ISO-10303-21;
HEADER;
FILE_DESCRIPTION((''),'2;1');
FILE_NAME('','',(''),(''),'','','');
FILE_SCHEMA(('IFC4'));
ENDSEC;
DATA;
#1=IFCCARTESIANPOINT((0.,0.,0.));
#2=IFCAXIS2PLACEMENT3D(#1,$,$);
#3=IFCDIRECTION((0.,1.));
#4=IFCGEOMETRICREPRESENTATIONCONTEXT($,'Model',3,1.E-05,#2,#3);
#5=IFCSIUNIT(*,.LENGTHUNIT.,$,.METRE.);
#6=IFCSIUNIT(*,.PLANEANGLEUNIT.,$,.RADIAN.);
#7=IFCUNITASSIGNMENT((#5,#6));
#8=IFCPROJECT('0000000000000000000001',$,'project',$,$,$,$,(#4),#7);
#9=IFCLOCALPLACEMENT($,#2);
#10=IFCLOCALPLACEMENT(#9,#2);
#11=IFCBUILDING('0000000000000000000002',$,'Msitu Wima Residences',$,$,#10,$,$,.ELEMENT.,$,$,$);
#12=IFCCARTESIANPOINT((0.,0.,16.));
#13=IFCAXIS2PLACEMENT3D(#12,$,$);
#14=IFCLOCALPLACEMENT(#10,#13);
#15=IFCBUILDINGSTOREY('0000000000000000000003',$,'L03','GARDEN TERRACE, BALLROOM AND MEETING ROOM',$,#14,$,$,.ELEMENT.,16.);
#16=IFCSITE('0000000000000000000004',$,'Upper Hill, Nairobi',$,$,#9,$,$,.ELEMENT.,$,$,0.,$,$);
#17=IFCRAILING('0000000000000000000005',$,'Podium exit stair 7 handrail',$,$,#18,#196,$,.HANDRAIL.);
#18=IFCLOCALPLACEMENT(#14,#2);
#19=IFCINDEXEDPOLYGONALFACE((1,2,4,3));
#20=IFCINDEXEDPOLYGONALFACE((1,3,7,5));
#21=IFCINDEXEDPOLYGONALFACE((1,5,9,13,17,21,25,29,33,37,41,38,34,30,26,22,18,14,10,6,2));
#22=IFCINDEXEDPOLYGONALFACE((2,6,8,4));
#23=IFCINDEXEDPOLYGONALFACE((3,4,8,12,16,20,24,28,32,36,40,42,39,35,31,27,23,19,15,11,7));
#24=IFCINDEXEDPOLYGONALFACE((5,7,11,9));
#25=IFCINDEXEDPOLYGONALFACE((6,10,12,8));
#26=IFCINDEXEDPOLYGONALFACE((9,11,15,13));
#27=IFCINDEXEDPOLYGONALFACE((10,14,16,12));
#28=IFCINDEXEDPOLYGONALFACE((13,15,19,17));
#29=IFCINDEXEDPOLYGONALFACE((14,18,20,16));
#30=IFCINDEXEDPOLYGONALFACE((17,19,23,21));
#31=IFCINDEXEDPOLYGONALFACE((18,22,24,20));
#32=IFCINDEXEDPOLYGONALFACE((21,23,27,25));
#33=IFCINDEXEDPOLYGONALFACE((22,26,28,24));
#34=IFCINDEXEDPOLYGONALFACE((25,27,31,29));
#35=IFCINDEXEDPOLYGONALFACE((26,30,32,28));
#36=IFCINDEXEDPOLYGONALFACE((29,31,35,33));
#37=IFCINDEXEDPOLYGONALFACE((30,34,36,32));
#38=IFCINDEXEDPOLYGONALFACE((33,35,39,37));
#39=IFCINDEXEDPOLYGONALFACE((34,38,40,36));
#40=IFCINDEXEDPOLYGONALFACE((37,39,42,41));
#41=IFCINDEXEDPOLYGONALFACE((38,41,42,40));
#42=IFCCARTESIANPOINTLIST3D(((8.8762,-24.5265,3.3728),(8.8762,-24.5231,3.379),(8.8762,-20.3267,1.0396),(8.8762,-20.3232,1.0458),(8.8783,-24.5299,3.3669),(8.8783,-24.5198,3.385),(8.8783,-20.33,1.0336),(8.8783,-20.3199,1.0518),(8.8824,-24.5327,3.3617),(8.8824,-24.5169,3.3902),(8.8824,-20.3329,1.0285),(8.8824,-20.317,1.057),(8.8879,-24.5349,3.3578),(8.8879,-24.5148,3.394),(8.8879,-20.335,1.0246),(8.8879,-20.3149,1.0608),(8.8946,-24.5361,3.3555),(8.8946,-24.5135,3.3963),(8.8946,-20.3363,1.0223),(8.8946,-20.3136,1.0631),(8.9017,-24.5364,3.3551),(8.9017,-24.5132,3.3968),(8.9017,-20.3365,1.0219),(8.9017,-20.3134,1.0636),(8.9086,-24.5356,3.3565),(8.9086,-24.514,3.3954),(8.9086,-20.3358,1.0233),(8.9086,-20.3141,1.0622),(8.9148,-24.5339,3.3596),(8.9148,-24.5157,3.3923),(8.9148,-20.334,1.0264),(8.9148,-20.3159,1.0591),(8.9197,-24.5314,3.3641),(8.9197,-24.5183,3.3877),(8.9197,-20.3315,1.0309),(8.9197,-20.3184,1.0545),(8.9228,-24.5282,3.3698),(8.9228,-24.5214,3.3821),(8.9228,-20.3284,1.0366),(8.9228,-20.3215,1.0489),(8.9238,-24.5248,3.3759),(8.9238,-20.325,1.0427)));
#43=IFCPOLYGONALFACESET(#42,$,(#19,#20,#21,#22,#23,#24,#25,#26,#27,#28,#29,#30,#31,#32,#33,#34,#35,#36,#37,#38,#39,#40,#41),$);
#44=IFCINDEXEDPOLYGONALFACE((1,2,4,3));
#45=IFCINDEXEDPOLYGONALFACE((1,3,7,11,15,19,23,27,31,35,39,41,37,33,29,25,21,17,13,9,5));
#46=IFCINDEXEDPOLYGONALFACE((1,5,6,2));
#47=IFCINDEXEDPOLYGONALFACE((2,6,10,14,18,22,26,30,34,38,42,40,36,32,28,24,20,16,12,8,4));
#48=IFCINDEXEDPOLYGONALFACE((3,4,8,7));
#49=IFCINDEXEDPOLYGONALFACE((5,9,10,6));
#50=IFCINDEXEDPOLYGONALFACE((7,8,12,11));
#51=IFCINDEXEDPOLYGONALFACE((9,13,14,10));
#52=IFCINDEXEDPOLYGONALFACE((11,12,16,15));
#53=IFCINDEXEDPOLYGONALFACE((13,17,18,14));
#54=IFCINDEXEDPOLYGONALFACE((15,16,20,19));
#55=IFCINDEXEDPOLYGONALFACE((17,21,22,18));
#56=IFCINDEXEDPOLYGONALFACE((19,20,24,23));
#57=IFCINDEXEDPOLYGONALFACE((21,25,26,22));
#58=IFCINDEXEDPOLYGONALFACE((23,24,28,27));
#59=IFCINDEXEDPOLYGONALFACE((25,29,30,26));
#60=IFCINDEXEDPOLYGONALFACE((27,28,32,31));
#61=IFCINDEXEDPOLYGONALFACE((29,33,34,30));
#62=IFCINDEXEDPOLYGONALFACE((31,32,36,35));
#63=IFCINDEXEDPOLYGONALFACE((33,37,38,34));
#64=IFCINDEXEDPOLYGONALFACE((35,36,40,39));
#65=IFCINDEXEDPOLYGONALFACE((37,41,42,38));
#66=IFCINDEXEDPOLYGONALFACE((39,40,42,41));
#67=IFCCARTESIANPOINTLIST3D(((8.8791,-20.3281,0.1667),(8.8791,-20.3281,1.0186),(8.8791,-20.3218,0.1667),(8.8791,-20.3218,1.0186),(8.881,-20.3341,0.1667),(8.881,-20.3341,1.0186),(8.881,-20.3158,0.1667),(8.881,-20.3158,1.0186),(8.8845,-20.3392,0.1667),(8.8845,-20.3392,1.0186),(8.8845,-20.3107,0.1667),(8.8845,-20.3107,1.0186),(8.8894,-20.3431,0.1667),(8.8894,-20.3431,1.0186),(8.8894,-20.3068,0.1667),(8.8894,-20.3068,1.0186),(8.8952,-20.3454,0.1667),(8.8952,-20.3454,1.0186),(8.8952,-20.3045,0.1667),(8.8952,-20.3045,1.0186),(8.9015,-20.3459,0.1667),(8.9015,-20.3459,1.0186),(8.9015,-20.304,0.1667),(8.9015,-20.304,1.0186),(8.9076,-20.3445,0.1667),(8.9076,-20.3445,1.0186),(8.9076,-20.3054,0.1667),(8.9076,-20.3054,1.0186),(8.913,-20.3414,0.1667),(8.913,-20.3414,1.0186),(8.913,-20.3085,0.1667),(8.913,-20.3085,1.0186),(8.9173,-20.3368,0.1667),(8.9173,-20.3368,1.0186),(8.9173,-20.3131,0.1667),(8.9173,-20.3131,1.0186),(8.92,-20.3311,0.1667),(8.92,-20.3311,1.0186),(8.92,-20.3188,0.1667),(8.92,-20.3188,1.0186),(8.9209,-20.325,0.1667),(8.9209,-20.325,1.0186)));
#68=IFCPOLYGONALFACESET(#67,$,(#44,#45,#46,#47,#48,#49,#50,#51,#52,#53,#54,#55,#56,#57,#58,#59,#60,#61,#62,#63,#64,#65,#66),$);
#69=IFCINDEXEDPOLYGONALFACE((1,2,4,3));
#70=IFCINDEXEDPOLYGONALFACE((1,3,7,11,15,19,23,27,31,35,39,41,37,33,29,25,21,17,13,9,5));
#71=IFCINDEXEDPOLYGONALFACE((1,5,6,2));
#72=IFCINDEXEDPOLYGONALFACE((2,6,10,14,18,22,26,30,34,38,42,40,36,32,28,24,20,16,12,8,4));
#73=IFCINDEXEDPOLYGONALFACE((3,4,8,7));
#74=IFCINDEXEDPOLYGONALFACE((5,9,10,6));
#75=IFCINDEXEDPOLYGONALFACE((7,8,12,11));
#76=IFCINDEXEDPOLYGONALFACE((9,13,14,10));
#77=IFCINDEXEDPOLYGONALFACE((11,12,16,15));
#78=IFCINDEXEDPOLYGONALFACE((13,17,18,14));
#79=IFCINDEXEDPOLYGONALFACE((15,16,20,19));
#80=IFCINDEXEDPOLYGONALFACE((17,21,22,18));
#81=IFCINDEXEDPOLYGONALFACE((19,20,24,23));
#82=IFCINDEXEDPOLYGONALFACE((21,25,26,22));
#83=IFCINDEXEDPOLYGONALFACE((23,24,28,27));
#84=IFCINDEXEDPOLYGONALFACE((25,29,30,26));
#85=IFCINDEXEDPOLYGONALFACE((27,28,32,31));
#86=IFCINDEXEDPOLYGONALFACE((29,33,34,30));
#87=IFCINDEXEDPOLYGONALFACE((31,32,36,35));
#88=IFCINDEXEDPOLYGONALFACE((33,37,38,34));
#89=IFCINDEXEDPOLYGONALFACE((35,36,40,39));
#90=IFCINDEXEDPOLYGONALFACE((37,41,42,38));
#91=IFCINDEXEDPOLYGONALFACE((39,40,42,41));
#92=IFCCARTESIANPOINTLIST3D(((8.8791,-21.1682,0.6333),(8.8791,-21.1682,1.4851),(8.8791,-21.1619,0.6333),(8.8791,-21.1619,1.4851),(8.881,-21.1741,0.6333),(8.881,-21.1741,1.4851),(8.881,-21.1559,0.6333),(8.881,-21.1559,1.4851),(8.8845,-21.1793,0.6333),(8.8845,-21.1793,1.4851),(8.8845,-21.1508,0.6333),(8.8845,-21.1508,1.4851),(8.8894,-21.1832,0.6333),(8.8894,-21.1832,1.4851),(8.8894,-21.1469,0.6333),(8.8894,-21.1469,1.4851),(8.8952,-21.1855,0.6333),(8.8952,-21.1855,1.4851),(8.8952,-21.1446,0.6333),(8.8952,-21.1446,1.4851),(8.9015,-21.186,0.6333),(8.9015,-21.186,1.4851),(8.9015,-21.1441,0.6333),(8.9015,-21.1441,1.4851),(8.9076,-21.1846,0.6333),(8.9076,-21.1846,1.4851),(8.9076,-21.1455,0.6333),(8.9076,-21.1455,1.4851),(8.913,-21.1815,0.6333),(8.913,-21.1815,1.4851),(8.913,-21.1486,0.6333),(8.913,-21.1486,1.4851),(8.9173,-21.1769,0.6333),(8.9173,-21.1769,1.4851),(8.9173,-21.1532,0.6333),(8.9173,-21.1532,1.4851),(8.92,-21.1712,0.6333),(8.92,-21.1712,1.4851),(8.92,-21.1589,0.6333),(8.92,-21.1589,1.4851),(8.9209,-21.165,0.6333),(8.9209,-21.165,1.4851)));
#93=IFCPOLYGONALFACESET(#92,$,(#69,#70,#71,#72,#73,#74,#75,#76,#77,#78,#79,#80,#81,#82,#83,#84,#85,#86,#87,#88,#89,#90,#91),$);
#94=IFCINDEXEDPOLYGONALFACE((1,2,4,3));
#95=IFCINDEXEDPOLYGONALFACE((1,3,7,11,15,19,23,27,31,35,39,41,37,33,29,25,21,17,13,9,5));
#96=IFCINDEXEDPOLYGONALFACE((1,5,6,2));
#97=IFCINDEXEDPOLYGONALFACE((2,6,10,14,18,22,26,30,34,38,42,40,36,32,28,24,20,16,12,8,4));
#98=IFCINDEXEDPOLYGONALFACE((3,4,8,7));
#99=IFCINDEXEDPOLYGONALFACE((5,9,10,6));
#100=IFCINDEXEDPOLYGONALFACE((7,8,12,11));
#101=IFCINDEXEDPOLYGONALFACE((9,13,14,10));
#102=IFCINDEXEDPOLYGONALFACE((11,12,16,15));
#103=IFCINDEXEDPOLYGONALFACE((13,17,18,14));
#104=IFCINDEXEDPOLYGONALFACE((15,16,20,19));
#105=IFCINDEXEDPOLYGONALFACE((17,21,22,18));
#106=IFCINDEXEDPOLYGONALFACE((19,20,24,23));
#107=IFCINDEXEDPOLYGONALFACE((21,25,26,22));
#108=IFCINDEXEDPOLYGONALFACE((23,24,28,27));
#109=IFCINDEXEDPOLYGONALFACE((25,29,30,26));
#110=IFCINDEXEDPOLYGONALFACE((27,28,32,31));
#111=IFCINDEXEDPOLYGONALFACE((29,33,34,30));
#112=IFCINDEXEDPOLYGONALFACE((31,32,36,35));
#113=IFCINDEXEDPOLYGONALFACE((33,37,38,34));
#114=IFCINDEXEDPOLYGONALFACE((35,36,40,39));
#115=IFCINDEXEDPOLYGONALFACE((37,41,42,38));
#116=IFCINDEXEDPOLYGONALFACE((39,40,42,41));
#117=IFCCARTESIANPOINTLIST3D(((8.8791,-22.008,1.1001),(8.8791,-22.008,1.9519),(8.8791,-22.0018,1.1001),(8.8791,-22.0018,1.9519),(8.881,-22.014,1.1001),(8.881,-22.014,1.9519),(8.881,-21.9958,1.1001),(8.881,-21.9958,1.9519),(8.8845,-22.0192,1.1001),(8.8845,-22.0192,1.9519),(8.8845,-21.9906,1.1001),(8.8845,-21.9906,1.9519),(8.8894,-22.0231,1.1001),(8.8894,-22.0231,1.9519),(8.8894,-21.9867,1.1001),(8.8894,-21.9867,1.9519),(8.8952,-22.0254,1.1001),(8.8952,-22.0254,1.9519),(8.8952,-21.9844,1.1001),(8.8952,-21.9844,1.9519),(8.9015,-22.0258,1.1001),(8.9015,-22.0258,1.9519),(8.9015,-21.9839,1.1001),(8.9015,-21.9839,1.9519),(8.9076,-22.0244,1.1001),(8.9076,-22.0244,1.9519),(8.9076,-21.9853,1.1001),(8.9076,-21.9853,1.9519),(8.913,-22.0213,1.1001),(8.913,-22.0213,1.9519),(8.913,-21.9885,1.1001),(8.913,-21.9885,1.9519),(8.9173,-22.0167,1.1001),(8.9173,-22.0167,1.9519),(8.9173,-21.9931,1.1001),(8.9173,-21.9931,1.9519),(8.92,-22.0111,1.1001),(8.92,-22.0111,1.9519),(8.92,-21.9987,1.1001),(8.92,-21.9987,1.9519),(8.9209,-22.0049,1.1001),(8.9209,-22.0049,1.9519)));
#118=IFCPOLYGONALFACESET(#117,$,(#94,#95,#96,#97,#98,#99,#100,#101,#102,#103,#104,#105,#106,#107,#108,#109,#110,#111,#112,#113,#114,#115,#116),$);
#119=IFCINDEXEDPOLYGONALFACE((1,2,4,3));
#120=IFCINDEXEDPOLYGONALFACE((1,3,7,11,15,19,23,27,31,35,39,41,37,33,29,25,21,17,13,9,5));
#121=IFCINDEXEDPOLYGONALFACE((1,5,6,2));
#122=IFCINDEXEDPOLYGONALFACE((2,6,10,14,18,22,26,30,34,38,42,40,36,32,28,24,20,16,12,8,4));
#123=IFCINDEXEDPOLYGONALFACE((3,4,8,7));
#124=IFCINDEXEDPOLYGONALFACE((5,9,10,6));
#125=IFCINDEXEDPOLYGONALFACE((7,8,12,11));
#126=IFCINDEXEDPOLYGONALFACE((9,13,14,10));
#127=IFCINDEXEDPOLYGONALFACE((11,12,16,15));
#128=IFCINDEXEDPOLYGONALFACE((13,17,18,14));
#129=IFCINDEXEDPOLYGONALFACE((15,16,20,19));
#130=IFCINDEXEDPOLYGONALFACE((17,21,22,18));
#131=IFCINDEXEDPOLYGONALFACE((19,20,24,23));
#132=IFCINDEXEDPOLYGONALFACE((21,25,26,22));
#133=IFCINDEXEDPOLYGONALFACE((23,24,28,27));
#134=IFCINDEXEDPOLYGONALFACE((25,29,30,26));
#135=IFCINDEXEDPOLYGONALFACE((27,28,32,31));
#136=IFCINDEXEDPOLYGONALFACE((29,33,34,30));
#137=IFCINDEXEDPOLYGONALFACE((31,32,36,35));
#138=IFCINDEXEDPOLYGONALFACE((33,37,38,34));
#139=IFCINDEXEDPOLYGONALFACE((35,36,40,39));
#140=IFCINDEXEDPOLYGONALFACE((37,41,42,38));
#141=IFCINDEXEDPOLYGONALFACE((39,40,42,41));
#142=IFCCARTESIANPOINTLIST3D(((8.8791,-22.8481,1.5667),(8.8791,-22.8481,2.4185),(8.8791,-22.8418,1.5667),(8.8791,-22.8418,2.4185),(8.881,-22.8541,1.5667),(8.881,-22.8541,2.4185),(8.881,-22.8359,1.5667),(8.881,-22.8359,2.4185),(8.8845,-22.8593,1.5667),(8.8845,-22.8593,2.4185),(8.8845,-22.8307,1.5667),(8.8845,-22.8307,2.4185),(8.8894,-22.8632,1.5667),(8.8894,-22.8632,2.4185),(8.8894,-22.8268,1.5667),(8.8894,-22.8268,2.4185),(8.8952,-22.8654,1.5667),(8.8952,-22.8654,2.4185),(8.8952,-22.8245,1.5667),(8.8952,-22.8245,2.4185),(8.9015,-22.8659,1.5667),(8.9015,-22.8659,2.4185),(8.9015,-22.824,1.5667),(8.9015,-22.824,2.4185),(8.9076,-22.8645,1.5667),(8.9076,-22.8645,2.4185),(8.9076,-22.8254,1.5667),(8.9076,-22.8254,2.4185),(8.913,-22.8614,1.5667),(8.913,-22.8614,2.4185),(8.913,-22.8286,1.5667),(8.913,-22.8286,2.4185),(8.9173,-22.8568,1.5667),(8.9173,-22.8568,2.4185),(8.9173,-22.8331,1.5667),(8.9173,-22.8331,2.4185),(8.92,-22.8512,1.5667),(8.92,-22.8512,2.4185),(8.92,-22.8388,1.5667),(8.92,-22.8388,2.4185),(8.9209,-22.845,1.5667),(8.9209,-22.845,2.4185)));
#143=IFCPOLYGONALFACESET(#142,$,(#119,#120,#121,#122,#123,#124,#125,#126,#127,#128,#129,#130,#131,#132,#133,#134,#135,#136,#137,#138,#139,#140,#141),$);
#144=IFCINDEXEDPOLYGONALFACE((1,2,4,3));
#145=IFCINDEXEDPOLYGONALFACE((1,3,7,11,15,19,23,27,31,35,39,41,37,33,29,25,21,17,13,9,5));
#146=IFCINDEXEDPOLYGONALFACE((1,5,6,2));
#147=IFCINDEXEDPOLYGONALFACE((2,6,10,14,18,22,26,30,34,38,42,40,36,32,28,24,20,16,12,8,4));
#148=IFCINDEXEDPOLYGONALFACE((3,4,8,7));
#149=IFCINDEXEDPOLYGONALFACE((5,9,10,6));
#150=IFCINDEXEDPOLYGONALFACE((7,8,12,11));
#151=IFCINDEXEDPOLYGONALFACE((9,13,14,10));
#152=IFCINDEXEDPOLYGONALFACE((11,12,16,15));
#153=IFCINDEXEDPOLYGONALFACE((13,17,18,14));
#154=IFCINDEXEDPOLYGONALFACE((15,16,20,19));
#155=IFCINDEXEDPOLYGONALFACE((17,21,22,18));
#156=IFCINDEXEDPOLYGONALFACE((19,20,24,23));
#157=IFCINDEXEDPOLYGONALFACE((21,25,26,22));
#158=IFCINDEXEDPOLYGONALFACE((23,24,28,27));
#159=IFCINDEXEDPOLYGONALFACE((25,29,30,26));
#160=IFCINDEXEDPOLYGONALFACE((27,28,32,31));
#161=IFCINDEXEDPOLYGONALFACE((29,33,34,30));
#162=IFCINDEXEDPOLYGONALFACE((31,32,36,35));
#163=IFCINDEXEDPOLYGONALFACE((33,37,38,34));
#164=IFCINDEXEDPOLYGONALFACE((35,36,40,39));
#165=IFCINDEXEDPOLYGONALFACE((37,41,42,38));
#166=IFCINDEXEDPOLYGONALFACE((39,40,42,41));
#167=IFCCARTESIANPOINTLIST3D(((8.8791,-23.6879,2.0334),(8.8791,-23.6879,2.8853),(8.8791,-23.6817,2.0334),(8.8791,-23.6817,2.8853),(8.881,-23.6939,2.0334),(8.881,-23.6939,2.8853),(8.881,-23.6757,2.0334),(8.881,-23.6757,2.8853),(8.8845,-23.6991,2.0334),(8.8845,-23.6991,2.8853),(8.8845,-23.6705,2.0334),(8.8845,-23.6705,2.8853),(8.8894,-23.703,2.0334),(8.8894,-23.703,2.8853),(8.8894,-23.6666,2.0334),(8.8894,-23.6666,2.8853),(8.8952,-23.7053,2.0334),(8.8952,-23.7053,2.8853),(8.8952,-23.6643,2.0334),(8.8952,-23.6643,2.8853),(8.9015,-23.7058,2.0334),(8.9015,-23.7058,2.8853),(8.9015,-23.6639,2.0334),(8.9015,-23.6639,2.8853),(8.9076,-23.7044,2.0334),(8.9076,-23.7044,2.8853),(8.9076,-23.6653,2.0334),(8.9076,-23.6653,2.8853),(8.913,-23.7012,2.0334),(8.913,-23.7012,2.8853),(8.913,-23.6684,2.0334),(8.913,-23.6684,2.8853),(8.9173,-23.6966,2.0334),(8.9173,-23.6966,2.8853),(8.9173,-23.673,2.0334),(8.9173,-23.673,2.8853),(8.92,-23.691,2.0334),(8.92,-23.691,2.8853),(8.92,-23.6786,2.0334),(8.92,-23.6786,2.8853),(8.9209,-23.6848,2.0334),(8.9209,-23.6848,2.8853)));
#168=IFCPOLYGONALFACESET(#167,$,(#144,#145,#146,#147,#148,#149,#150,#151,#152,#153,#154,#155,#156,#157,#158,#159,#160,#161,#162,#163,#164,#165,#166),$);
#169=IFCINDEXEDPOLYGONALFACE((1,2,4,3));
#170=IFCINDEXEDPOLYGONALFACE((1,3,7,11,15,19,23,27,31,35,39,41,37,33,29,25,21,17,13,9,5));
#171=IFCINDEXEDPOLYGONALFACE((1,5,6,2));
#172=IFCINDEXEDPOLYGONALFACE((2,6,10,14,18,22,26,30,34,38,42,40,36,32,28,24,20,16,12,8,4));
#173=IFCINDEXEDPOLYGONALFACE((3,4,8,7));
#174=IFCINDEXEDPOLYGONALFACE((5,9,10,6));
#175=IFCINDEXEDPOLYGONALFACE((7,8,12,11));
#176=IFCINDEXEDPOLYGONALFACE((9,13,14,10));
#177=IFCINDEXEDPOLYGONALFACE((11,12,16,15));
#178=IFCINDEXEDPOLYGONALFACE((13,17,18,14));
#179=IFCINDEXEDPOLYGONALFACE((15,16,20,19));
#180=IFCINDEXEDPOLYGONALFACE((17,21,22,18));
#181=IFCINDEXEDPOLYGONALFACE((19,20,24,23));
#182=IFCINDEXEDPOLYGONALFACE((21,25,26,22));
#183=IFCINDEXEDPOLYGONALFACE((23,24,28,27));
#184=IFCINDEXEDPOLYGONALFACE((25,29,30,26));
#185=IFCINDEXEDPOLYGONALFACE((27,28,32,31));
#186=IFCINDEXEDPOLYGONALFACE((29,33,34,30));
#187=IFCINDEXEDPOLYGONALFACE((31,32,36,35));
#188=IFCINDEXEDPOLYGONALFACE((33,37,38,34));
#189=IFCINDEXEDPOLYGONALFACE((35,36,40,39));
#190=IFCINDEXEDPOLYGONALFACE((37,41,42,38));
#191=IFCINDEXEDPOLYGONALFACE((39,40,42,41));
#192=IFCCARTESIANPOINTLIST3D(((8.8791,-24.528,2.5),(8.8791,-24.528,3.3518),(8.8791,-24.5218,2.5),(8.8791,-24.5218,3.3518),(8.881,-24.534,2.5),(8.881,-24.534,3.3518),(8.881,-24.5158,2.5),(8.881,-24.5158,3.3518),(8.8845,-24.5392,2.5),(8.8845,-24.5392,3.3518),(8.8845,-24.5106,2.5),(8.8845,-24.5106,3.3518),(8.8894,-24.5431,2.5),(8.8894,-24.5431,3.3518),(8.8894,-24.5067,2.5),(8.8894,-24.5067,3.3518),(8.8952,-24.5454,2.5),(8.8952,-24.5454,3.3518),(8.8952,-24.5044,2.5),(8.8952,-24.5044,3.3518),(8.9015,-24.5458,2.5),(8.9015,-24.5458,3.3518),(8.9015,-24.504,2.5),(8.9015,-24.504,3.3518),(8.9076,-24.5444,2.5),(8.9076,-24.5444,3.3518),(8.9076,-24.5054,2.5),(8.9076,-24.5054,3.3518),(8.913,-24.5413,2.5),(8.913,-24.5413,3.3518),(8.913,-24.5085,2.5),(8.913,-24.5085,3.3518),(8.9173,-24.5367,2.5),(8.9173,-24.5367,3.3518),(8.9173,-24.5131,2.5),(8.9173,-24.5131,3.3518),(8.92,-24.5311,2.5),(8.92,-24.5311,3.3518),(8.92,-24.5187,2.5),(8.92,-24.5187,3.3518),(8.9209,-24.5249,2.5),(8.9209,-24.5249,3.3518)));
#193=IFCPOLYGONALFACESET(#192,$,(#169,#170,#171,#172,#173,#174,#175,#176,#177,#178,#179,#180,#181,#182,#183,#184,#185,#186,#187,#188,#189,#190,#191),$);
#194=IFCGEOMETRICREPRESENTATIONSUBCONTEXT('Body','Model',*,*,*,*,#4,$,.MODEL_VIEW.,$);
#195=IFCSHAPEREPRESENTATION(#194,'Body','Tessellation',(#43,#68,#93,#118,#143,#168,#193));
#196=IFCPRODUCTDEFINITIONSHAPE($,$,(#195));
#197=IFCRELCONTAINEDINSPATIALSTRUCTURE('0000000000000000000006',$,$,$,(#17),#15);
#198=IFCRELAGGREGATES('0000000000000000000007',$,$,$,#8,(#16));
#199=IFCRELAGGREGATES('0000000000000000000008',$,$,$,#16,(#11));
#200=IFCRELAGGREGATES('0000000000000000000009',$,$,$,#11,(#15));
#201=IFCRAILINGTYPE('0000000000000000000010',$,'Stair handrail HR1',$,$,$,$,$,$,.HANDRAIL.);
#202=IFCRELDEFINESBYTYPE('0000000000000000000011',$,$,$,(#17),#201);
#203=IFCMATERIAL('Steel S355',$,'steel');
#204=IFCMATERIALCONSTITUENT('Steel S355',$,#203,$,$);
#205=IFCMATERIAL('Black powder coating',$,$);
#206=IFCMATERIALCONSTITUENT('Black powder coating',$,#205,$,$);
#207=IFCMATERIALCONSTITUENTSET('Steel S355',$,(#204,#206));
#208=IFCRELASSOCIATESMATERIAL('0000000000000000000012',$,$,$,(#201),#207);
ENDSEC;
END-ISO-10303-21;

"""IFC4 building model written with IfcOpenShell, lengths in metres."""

from ifc_helpers import new_model, si_unit, direction, frame, origin, origin_2d, place, context, subcontext, project, spatial, circle, extrude, material, constituent, constituent_set, type_object, element, save


model = new_model("IFC4")

# Units and contexts
model_context = context("Model", 3, precision=1e-05, world=origin(), true_north=direction((0.0, 1.0)))
body_context = subcontext(model_context, "Body", "Model", "MODEL_VIEW")
ifc_project = project(units=[si_unit("LENGTHUNIT", "METRE"), si_unit("PLANEANGLEUNIT", "RADIAN")], contexts=[model_context])

# Site, building, storey
site_placement = place(None, origin())
site = spatial("IfcSite", under=ifc_project, at=site_placement, Name="Upper Hill, Nairobi", CompositionType="ELEMENT", RefElevation=0.0)
building_placement = place(site_placement, origin())
building = spatial("IfcBuilding", under=site, at=building_placement, Name="Msitu Wima Residences", CompositionType="ELEMENT")
storey_placement = place(building_placement, frame((0.0, 0.0, 16.0)))
storey = spatial("IfcBuildingStorey", under=building, at=storey_placement, Name="L03", Description="GARDEN TERRACE, BALLROOM AND MEETING ROOM", CompositionType="ELEMENT", Elevation=16.0)

# Railing
ifc_material_1 = material(Name="Steel S355", Category="steel")
ifc_constituent_1 = constituent(ifc_material_1, Name="Steel S355")
ifc_material_2 = material(Name="Black powder coating")
ifc_constituent_2 = constituent(ifc_material_2, Name="Black powder coating")
ifc_constituent_set = constituent_set(constituents=[ifc_constituent_1, ifc_constituent_2], Name="Steel S355")
railing_type = type_object("IfcRailingType", Name="Stair handrail HR1", PredefinedType="HANDRAIL", material=ifc_constituent_set)
for number, where, name in (
    (1, (8.8999, -20.325, 0.1667), "Podium exit stair 7 handrail"),
):
    element("IfcRailing", number, at=place(storey_placement, frame(where)), inside=storey, type_object=railing_type, Name=name, PredefinedType="HANDRAIL", context=body_context, shape_type="SweptSolid", body=[
        extrude(circle(Radius=0.0239, at=origin_2d()), frame((0.0, 0.0, 0.876), z_axis=(0.0, -0.874162, 0.485634), x_axis=(1.0, 0.0, 0.0)), (0.0, 0.0, 1.0), 4.8044),
        extrude(circle(Radius=0.021, at=origin_2d()), origin(), (0.0, 0.0, 1.0), 0.8518),
        extrude(circle(Radius=0.021, at=origin_2d()), frame((0.0, -0.8401, 0.4666)), (0.0, 0.0, 1.0), 0.8518),
        extrude(circle(Radius=0.021, at=origin_2d()), frame((0.0, -1.6799, 0.9333)), (0.0, 0.0, 1.0), 0.8518),
        extrude(circle(Radius=0.021, at=origin_2d()), frame((0.0, -2.52, 1.3999)), (0.0, 0.0, 1.0), 0.8518),
        extrude(circle(Radius=0.021, at=origin_2d()), frame((0.0, -3.3599, 1.8667)), (0.0, 0.0, 1.0), 0.8518),
        extrude(circle(Radius=0.021, at=origin_2d()), frame((0.0, -4.2, 2.3333)), (0.0, 0.0, 1.0), 0.8518),
    ])

save(model, "model.ifc")
